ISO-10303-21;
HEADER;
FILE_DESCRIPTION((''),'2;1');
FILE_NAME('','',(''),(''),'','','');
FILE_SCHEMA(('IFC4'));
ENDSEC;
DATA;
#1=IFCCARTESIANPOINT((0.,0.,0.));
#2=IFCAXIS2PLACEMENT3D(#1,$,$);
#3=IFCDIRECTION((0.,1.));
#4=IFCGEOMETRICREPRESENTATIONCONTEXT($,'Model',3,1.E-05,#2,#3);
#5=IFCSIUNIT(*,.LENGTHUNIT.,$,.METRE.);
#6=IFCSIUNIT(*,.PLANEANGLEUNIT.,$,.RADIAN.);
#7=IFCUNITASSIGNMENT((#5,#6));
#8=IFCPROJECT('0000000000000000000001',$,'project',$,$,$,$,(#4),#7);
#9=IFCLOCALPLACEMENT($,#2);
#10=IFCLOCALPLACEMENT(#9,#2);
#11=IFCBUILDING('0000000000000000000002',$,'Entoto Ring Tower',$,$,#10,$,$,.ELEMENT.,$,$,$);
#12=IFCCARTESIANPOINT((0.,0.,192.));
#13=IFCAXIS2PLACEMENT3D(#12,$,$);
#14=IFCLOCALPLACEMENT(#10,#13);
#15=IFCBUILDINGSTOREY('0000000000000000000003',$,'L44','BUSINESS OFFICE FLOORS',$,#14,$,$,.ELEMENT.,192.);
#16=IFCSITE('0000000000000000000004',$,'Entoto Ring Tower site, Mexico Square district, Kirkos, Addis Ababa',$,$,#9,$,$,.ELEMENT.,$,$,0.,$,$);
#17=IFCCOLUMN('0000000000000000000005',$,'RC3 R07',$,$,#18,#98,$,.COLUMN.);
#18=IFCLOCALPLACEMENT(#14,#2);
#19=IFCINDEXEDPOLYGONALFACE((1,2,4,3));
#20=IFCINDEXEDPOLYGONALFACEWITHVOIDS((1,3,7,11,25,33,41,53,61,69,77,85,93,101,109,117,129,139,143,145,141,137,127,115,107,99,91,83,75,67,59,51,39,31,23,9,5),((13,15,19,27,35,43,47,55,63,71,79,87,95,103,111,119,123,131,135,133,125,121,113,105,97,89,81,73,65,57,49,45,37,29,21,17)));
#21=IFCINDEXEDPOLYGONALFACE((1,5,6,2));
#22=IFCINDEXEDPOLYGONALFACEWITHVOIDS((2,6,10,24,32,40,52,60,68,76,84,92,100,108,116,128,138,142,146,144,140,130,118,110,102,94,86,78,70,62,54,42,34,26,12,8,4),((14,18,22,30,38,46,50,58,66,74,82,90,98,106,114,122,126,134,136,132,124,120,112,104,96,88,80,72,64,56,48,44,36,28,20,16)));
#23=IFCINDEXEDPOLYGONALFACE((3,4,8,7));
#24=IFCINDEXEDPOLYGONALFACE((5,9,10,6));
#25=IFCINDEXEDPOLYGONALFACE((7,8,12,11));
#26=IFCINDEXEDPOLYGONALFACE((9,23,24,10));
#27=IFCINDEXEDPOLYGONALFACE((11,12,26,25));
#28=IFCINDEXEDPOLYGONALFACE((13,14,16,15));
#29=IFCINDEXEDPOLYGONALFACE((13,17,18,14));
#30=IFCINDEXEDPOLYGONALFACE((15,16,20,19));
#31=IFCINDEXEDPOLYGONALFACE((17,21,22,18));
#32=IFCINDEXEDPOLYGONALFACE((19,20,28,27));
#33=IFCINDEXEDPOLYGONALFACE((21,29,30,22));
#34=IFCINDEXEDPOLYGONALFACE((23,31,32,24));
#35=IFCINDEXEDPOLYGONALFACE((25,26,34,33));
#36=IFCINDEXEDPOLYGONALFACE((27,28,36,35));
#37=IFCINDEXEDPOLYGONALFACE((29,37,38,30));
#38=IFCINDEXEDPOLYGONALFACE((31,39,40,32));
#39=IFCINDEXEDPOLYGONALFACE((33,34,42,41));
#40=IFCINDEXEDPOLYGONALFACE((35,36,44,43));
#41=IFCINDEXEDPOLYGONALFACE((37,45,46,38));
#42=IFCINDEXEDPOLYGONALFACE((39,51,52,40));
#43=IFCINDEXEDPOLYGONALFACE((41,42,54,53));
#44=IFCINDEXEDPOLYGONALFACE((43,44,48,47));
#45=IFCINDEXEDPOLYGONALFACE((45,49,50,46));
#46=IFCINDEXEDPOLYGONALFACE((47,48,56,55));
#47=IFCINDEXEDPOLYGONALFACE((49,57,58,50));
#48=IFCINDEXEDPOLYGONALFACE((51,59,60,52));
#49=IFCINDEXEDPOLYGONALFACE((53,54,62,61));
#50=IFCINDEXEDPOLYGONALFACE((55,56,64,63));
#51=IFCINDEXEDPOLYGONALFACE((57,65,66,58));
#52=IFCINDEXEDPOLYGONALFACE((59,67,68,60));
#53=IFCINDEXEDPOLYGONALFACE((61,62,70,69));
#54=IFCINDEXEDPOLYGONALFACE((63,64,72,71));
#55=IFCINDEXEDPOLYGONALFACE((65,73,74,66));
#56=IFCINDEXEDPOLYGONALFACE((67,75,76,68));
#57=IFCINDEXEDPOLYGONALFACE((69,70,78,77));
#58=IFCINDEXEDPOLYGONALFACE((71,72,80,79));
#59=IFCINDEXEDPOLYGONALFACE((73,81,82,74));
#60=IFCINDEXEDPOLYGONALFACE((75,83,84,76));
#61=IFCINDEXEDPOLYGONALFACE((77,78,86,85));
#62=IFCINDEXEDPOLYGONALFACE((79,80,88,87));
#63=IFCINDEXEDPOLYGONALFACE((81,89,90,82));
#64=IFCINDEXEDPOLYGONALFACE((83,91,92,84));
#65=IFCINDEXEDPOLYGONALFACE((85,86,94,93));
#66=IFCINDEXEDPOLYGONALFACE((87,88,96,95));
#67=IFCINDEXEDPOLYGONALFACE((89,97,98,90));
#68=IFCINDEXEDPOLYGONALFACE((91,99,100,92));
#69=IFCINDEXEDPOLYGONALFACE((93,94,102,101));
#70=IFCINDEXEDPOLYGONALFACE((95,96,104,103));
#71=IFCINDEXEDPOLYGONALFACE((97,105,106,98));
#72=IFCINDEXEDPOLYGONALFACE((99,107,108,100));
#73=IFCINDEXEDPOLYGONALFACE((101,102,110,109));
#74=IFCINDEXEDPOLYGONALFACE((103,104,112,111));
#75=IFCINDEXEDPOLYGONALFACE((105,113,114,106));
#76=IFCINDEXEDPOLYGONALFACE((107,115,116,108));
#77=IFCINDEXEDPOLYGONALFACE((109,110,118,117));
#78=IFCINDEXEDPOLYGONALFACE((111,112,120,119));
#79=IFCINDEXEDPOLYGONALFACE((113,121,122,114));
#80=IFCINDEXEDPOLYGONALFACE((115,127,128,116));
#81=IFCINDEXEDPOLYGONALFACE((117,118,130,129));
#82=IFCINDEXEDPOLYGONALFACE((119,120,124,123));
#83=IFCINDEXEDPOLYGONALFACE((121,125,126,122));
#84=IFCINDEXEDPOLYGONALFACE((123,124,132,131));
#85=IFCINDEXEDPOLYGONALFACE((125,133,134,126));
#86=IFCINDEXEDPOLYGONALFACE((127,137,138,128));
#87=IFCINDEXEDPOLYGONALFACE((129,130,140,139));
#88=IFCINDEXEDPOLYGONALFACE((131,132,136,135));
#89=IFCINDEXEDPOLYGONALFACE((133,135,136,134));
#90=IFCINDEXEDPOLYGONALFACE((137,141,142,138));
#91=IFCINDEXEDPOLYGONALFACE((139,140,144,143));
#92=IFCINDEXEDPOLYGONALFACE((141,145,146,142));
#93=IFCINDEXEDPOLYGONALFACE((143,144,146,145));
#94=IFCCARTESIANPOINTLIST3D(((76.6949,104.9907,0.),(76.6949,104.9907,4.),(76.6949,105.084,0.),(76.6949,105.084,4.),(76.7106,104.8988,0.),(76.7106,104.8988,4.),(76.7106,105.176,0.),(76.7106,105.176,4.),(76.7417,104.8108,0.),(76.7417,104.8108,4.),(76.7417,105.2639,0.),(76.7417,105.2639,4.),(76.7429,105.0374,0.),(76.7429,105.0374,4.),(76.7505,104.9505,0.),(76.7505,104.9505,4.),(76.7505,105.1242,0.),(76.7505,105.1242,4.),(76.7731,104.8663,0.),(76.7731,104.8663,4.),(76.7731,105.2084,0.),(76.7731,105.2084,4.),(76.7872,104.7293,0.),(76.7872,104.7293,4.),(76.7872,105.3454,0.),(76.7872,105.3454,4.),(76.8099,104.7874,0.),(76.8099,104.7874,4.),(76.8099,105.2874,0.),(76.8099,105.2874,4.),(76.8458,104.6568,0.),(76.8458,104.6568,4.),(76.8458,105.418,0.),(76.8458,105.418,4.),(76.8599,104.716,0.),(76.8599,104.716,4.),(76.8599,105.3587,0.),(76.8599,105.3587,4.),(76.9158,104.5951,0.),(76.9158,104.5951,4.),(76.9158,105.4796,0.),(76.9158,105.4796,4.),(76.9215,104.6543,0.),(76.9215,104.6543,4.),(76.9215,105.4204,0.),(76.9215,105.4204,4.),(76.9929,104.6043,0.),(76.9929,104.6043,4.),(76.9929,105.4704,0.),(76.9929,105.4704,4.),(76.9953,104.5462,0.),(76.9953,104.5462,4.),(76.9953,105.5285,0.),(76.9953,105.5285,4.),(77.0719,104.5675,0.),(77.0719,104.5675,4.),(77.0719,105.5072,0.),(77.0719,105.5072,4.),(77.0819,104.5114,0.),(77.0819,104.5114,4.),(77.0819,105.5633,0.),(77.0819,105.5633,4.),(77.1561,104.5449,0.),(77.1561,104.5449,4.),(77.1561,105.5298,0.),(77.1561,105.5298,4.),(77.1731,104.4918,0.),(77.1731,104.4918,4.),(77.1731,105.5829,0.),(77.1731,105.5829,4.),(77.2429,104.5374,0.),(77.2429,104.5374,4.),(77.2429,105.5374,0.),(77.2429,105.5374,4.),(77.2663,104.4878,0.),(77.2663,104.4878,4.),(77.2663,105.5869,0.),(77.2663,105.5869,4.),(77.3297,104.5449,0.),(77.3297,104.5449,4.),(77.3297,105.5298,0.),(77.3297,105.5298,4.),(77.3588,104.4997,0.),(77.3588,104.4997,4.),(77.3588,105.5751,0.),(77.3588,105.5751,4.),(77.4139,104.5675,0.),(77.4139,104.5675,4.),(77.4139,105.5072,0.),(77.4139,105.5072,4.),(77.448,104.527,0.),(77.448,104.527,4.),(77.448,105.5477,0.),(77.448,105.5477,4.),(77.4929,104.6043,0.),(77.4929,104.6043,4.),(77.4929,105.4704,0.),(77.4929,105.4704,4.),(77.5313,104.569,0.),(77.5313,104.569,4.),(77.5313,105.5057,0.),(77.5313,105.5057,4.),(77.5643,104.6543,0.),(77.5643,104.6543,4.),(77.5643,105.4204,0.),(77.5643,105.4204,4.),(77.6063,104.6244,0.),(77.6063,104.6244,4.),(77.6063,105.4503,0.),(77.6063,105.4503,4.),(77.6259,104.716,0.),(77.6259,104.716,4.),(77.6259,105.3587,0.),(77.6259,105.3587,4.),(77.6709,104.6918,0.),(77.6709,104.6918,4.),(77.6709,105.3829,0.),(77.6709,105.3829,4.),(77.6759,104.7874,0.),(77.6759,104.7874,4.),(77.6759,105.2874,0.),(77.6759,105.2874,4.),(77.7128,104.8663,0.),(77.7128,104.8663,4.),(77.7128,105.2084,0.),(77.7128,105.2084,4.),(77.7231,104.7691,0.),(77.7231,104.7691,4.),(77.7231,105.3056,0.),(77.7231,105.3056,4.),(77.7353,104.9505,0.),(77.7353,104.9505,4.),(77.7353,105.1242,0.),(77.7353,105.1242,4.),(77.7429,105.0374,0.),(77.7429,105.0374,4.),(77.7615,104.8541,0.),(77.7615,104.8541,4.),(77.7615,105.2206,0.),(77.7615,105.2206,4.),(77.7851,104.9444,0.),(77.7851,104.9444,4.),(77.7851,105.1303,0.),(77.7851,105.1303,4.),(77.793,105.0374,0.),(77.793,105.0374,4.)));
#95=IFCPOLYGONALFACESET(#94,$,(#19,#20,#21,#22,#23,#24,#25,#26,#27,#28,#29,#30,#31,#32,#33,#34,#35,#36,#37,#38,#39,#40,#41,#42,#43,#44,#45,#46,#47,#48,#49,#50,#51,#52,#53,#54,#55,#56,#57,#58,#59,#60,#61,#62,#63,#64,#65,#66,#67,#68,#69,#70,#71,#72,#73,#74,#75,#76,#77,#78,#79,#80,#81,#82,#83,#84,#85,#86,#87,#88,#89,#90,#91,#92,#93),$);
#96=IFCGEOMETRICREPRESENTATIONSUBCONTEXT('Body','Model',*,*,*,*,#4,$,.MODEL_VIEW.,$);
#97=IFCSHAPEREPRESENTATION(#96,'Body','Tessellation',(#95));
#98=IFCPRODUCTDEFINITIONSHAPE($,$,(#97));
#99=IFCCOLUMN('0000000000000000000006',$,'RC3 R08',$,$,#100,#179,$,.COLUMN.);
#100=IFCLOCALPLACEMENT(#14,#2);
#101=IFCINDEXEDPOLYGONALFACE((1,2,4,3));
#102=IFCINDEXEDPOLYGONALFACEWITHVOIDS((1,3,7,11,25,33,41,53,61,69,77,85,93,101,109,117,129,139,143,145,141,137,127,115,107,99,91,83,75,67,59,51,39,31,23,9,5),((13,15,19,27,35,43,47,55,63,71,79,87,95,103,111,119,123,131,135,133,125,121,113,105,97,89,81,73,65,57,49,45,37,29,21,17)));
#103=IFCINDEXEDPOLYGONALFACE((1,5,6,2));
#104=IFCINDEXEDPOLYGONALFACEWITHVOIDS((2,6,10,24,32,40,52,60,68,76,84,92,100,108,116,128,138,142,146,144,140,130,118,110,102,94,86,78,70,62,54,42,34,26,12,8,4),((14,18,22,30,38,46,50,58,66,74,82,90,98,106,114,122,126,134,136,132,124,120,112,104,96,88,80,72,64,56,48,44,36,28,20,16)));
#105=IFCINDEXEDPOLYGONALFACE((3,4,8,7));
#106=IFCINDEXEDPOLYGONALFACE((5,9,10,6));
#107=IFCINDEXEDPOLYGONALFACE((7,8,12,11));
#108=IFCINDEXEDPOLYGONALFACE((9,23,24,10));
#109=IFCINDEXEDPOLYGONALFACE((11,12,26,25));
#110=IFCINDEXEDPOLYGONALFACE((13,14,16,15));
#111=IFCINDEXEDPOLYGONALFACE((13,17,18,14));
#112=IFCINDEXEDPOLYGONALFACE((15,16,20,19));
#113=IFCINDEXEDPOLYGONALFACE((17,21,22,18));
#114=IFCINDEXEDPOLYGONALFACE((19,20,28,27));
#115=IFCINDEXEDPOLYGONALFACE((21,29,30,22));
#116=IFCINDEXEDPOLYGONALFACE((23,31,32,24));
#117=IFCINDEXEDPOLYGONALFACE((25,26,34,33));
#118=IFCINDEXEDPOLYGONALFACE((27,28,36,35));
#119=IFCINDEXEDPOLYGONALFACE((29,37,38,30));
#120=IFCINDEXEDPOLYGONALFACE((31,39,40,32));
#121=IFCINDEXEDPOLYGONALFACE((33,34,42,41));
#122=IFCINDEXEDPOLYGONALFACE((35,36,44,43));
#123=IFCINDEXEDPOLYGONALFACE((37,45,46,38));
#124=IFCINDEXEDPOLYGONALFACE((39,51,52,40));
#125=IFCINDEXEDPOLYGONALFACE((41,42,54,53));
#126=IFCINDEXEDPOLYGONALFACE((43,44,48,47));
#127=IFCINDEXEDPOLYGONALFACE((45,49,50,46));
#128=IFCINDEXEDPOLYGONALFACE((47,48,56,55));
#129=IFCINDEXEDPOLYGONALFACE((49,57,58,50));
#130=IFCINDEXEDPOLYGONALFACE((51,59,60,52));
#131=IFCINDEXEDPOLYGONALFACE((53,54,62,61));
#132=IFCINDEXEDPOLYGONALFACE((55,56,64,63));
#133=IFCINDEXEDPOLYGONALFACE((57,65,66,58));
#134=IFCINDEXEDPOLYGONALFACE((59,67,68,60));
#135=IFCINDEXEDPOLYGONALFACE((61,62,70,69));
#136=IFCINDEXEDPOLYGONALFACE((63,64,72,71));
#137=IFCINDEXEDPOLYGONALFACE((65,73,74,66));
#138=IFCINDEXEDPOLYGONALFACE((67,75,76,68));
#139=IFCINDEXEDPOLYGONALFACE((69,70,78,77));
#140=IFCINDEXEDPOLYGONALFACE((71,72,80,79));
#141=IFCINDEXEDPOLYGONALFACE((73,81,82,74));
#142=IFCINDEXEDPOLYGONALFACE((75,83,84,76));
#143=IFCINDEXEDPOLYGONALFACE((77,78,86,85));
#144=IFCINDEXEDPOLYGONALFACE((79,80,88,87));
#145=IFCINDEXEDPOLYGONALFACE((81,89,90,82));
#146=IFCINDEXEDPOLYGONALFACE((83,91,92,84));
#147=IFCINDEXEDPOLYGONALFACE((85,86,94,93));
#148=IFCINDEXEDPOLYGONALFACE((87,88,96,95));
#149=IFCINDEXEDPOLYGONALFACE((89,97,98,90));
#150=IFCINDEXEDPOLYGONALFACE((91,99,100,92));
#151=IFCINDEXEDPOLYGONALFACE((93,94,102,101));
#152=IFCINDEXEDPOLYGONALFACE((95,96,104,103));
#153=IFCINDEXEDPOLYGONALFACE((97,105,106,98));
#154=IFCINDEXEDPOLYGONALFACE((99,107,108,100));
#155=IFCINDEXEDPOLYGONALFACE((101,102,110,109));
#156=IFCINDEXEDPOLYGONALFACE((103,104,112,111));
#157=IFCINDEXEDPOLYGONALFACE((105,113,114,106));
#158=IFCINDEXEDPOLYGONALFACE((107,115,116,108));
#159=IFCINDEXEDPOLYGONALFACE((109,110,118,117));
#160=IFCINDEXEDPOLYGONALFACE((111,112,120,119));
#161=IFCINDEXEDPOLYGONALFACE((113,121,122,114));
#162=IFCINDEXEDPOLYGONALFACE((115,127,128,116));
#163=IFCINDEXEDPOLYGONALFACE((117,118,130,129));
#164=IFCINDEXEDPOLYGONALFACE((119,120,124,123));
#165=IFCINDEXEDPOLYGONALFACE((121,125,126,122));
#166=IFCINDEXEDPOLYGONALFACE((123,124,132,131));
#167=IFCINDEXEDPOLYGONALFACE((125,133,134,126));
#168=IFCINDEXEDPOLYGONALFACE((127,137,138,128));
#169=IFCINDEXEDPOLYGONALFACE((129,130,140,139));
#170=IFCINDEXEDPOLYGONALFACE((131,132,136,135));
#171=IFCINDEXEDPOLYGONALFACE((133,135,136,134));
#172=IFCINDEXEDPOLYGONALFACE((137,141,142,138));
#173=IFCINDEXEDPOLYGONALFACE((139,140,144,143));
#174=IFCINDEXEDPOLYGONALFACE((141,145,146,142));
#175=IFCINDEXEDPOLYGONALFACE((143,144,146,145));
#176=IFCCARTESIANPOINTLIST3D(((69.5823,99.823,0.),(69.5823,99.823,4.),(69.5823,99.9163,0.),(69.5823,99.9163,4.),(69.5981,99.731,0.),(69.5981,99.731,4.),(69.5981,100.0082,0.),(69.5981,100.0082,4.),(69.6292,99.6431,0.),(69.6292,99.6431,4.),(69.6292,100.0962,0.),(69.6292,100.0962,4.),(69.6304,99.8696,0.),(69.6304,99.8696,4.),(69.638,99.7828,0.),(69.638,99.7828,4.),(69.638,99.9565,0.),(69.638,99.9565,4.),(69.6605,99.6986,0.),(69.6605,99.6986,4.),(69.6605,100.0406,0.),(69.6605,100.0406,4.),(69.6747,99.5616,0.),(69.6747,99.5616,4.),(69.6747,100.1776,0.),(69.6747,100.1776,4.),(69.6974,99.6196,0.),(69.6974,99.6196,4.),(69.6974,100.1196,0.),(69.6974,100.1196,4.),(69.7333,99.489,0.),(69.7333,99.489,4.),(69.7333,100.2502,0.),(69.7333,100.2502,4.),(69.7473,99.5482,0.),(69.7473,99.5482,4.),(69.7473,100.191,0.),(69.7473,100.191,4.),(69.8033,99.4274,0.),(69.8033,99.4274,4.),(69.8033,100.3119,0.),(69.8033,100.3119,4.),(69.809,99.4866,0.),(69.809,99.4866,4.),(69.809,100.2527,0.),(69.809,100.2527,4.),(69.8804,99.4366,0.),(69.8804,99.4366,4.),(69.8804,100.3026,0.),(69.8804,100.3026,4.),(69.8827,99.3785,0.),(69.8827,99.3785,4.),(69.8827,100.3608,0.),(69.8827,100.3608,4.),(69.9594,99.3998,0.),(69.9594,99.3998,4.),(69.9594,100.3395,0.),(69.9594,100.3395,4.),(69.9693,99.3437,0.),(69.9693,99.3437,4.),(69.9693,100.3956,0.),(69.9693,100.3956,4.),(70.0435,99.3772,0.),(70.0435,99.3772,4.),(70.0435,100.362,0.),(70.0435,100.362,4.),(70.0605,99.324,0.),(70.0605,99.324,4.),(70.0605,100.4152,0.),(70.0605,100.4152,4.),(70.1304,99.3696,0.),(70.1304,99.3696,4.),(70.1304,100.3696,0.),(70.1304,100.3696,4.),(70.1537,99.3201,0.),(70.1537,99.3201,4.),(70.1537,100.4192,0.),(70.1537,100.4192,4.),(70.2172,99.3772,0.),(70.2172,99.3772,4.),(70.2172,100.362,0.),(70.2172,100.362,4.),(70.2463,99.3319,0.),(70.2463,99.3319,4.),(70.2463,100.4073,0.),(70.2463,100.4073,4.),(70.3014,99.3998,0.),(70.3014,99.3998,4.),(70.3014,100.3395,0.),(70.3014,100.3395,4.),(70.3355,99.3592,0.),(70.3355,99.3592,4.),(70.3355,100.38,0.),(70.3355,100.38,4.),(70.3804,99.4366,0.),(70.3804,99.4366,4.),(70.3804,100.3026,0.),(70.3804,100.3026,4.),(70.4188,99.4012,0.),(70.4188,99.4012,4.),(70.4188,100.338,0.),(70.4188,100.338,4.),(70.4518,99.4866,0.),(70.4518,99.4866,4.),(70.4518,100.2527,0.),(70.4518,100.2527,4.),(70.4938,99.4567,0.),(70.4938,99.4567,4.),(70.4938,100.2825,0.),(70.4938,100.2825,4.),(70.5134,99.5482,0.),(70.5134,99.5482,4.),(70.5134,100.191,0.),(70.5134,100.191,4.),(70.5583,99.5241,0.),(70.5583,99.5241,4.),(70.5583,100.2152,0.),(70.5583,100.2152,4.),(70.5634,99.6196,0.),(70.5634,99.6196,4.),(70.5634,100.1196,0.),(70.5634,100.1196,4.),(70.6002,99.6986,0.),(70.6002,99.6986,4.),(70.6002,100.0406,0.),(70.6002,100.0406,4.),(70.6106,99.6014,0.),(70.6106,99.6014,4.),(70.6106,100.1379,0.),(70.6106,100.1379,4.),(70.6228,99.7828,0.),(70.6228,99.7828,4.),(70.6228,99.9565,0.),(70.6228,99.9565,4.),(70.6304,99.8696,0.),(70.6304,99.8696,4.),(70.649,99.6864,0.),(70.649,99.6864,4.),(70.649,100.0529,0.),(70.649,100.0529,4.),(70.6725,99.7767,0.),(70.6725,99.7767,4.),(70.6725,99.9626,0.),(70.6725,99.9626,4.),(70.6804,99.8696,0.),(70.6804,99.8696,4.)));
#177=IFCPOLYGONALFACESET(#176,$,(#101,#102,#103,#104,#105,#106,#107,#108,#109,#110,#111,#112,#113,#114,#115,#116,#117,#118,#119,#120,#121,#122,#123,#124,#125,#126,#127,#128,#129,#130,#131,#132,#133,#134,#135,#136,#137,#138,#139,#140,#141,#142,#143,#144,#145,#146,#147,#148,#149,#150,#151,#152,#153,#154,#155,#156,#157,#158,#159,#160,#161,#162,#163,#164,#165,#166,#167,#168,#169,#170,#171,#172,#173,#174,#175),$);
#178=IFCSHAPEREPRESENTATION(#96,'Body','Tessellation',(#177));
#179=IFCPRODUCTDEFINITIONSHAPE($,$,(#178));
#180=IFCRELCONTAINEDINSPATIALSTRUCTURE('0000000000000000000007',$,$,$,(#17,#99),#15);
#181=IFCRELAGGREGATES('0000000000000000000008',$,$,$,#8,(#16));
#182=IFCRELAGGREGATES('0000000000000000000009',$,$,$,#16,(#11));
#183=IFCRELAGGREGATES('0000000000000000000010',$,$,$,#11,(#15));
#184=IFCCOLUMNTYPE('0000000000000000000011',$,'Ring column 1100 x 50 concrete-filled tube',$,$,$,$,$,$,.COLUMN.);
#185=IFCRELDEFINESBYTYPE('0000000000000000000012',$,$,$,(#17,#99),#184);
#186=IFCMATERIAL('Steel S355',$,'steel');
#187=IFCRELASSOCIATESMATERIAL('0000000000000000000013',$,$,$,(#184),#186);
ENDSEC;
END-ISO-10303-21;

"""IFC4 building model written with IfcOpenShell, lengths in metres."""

from ifc_helpers import new_model, si_unit, direction, frame, origin, origin_2d, place, context, subcontext, project, spatial, circle, hollow_circle, extrude, material, material_profile, profile_set, type_object, element, save


model = new_model("IFC4")

# Units and contexts
model_context = context("Model", 3, precision=1e-05, world=origin(), true_north=direction((0.0, 1.0)))
body_context = subcontext(model_context, "Body", "Model", "MODEL_VIEW")
ifc_project = project(units=[si_unit("LENGTHUNIT", "METRE"), si_unit("PLANEANGLEUNIT", "RADIAN")], contexts=[model_context])

# Site, building, storey
site_placement = place(None, origin())
site = spatial("IfcSite", under=ifc_project, at=site_placement, Name="Entoto Ring Tower site, Mexico Square district, Kirkos, Addis Ababa", CompositionType="ELEMENT", RefElevation=0.0)
building_placement = place(site_placement, origin())
building = spatial("IfcBuilding", under=site, at=building_placement, Name="Entoto Ring Tower", CompositionType="ELEMENT")
storey_placement = place(building_placement, frame((0.0, 0.0, 192.0)))
storey = spatial("IfcBuildingStorey", under=building, at=storey_placement, Name="L44", Description="BUSINESS OFFICE FLOORS", CompositionType="ELEMENT", Elevation=192.0)

# Columns
ifc_material_1 = material(Name="Steel S355", Category="steel")
ifc_material_profile_1 = material_profile(ifc_material_1, hollow_circle(Radius=0.55, WallThickness=0.05, at=origin_2d()), Name="CHS 1100 x 50")
ifc_material_2 = material(Name="Concrete C60/75", Category="concrete")
ifc_material_profile_2 = material_profile(ifc_material_2, circle(Radius=0.5, at=origin_2d()), Name="Concrete C60/75 infill")
ifc_profile_set_1 = profile_set([ifc_material_profile_1, ifc_material_profile_2], Name="Steel S355")
column_type = type_object("IfcColumnType", Name="Ring column 1100 x 50 concrete-filled tube", PredefinedType="COLUMN", material=ifc_profile_set_1)
for number, where, z_axis, x_axis, name in (
    (1, (77.2429, 105.0374, 0.0), (0.0, 0.0, 1.0), (1.0, 0.0, 0.0), "RC3 R07"),
    (2, (70.1304, 99.8696, 0.0), (0.0, 0.0, 1.0), (1.0, 0.0, 0.0), "RC3 R08"),
):
    element("IfcColumn", number, at=place(storey_placement, frame(where, z_axis=z_axis, x_axis=x_axis)), inside=storey, type_object=column_type, Name=name, PredefinedType="COLUMN", context=body_context, shape_type="SweptSolid", body=[
        extrude(hollow_circle(Radius=0.55, WallThickness=0.05, at=origin_2d()), origin(), (0.0, 0.0, 1.0), 4.0),
    ])

save(model, "model.ifc")
